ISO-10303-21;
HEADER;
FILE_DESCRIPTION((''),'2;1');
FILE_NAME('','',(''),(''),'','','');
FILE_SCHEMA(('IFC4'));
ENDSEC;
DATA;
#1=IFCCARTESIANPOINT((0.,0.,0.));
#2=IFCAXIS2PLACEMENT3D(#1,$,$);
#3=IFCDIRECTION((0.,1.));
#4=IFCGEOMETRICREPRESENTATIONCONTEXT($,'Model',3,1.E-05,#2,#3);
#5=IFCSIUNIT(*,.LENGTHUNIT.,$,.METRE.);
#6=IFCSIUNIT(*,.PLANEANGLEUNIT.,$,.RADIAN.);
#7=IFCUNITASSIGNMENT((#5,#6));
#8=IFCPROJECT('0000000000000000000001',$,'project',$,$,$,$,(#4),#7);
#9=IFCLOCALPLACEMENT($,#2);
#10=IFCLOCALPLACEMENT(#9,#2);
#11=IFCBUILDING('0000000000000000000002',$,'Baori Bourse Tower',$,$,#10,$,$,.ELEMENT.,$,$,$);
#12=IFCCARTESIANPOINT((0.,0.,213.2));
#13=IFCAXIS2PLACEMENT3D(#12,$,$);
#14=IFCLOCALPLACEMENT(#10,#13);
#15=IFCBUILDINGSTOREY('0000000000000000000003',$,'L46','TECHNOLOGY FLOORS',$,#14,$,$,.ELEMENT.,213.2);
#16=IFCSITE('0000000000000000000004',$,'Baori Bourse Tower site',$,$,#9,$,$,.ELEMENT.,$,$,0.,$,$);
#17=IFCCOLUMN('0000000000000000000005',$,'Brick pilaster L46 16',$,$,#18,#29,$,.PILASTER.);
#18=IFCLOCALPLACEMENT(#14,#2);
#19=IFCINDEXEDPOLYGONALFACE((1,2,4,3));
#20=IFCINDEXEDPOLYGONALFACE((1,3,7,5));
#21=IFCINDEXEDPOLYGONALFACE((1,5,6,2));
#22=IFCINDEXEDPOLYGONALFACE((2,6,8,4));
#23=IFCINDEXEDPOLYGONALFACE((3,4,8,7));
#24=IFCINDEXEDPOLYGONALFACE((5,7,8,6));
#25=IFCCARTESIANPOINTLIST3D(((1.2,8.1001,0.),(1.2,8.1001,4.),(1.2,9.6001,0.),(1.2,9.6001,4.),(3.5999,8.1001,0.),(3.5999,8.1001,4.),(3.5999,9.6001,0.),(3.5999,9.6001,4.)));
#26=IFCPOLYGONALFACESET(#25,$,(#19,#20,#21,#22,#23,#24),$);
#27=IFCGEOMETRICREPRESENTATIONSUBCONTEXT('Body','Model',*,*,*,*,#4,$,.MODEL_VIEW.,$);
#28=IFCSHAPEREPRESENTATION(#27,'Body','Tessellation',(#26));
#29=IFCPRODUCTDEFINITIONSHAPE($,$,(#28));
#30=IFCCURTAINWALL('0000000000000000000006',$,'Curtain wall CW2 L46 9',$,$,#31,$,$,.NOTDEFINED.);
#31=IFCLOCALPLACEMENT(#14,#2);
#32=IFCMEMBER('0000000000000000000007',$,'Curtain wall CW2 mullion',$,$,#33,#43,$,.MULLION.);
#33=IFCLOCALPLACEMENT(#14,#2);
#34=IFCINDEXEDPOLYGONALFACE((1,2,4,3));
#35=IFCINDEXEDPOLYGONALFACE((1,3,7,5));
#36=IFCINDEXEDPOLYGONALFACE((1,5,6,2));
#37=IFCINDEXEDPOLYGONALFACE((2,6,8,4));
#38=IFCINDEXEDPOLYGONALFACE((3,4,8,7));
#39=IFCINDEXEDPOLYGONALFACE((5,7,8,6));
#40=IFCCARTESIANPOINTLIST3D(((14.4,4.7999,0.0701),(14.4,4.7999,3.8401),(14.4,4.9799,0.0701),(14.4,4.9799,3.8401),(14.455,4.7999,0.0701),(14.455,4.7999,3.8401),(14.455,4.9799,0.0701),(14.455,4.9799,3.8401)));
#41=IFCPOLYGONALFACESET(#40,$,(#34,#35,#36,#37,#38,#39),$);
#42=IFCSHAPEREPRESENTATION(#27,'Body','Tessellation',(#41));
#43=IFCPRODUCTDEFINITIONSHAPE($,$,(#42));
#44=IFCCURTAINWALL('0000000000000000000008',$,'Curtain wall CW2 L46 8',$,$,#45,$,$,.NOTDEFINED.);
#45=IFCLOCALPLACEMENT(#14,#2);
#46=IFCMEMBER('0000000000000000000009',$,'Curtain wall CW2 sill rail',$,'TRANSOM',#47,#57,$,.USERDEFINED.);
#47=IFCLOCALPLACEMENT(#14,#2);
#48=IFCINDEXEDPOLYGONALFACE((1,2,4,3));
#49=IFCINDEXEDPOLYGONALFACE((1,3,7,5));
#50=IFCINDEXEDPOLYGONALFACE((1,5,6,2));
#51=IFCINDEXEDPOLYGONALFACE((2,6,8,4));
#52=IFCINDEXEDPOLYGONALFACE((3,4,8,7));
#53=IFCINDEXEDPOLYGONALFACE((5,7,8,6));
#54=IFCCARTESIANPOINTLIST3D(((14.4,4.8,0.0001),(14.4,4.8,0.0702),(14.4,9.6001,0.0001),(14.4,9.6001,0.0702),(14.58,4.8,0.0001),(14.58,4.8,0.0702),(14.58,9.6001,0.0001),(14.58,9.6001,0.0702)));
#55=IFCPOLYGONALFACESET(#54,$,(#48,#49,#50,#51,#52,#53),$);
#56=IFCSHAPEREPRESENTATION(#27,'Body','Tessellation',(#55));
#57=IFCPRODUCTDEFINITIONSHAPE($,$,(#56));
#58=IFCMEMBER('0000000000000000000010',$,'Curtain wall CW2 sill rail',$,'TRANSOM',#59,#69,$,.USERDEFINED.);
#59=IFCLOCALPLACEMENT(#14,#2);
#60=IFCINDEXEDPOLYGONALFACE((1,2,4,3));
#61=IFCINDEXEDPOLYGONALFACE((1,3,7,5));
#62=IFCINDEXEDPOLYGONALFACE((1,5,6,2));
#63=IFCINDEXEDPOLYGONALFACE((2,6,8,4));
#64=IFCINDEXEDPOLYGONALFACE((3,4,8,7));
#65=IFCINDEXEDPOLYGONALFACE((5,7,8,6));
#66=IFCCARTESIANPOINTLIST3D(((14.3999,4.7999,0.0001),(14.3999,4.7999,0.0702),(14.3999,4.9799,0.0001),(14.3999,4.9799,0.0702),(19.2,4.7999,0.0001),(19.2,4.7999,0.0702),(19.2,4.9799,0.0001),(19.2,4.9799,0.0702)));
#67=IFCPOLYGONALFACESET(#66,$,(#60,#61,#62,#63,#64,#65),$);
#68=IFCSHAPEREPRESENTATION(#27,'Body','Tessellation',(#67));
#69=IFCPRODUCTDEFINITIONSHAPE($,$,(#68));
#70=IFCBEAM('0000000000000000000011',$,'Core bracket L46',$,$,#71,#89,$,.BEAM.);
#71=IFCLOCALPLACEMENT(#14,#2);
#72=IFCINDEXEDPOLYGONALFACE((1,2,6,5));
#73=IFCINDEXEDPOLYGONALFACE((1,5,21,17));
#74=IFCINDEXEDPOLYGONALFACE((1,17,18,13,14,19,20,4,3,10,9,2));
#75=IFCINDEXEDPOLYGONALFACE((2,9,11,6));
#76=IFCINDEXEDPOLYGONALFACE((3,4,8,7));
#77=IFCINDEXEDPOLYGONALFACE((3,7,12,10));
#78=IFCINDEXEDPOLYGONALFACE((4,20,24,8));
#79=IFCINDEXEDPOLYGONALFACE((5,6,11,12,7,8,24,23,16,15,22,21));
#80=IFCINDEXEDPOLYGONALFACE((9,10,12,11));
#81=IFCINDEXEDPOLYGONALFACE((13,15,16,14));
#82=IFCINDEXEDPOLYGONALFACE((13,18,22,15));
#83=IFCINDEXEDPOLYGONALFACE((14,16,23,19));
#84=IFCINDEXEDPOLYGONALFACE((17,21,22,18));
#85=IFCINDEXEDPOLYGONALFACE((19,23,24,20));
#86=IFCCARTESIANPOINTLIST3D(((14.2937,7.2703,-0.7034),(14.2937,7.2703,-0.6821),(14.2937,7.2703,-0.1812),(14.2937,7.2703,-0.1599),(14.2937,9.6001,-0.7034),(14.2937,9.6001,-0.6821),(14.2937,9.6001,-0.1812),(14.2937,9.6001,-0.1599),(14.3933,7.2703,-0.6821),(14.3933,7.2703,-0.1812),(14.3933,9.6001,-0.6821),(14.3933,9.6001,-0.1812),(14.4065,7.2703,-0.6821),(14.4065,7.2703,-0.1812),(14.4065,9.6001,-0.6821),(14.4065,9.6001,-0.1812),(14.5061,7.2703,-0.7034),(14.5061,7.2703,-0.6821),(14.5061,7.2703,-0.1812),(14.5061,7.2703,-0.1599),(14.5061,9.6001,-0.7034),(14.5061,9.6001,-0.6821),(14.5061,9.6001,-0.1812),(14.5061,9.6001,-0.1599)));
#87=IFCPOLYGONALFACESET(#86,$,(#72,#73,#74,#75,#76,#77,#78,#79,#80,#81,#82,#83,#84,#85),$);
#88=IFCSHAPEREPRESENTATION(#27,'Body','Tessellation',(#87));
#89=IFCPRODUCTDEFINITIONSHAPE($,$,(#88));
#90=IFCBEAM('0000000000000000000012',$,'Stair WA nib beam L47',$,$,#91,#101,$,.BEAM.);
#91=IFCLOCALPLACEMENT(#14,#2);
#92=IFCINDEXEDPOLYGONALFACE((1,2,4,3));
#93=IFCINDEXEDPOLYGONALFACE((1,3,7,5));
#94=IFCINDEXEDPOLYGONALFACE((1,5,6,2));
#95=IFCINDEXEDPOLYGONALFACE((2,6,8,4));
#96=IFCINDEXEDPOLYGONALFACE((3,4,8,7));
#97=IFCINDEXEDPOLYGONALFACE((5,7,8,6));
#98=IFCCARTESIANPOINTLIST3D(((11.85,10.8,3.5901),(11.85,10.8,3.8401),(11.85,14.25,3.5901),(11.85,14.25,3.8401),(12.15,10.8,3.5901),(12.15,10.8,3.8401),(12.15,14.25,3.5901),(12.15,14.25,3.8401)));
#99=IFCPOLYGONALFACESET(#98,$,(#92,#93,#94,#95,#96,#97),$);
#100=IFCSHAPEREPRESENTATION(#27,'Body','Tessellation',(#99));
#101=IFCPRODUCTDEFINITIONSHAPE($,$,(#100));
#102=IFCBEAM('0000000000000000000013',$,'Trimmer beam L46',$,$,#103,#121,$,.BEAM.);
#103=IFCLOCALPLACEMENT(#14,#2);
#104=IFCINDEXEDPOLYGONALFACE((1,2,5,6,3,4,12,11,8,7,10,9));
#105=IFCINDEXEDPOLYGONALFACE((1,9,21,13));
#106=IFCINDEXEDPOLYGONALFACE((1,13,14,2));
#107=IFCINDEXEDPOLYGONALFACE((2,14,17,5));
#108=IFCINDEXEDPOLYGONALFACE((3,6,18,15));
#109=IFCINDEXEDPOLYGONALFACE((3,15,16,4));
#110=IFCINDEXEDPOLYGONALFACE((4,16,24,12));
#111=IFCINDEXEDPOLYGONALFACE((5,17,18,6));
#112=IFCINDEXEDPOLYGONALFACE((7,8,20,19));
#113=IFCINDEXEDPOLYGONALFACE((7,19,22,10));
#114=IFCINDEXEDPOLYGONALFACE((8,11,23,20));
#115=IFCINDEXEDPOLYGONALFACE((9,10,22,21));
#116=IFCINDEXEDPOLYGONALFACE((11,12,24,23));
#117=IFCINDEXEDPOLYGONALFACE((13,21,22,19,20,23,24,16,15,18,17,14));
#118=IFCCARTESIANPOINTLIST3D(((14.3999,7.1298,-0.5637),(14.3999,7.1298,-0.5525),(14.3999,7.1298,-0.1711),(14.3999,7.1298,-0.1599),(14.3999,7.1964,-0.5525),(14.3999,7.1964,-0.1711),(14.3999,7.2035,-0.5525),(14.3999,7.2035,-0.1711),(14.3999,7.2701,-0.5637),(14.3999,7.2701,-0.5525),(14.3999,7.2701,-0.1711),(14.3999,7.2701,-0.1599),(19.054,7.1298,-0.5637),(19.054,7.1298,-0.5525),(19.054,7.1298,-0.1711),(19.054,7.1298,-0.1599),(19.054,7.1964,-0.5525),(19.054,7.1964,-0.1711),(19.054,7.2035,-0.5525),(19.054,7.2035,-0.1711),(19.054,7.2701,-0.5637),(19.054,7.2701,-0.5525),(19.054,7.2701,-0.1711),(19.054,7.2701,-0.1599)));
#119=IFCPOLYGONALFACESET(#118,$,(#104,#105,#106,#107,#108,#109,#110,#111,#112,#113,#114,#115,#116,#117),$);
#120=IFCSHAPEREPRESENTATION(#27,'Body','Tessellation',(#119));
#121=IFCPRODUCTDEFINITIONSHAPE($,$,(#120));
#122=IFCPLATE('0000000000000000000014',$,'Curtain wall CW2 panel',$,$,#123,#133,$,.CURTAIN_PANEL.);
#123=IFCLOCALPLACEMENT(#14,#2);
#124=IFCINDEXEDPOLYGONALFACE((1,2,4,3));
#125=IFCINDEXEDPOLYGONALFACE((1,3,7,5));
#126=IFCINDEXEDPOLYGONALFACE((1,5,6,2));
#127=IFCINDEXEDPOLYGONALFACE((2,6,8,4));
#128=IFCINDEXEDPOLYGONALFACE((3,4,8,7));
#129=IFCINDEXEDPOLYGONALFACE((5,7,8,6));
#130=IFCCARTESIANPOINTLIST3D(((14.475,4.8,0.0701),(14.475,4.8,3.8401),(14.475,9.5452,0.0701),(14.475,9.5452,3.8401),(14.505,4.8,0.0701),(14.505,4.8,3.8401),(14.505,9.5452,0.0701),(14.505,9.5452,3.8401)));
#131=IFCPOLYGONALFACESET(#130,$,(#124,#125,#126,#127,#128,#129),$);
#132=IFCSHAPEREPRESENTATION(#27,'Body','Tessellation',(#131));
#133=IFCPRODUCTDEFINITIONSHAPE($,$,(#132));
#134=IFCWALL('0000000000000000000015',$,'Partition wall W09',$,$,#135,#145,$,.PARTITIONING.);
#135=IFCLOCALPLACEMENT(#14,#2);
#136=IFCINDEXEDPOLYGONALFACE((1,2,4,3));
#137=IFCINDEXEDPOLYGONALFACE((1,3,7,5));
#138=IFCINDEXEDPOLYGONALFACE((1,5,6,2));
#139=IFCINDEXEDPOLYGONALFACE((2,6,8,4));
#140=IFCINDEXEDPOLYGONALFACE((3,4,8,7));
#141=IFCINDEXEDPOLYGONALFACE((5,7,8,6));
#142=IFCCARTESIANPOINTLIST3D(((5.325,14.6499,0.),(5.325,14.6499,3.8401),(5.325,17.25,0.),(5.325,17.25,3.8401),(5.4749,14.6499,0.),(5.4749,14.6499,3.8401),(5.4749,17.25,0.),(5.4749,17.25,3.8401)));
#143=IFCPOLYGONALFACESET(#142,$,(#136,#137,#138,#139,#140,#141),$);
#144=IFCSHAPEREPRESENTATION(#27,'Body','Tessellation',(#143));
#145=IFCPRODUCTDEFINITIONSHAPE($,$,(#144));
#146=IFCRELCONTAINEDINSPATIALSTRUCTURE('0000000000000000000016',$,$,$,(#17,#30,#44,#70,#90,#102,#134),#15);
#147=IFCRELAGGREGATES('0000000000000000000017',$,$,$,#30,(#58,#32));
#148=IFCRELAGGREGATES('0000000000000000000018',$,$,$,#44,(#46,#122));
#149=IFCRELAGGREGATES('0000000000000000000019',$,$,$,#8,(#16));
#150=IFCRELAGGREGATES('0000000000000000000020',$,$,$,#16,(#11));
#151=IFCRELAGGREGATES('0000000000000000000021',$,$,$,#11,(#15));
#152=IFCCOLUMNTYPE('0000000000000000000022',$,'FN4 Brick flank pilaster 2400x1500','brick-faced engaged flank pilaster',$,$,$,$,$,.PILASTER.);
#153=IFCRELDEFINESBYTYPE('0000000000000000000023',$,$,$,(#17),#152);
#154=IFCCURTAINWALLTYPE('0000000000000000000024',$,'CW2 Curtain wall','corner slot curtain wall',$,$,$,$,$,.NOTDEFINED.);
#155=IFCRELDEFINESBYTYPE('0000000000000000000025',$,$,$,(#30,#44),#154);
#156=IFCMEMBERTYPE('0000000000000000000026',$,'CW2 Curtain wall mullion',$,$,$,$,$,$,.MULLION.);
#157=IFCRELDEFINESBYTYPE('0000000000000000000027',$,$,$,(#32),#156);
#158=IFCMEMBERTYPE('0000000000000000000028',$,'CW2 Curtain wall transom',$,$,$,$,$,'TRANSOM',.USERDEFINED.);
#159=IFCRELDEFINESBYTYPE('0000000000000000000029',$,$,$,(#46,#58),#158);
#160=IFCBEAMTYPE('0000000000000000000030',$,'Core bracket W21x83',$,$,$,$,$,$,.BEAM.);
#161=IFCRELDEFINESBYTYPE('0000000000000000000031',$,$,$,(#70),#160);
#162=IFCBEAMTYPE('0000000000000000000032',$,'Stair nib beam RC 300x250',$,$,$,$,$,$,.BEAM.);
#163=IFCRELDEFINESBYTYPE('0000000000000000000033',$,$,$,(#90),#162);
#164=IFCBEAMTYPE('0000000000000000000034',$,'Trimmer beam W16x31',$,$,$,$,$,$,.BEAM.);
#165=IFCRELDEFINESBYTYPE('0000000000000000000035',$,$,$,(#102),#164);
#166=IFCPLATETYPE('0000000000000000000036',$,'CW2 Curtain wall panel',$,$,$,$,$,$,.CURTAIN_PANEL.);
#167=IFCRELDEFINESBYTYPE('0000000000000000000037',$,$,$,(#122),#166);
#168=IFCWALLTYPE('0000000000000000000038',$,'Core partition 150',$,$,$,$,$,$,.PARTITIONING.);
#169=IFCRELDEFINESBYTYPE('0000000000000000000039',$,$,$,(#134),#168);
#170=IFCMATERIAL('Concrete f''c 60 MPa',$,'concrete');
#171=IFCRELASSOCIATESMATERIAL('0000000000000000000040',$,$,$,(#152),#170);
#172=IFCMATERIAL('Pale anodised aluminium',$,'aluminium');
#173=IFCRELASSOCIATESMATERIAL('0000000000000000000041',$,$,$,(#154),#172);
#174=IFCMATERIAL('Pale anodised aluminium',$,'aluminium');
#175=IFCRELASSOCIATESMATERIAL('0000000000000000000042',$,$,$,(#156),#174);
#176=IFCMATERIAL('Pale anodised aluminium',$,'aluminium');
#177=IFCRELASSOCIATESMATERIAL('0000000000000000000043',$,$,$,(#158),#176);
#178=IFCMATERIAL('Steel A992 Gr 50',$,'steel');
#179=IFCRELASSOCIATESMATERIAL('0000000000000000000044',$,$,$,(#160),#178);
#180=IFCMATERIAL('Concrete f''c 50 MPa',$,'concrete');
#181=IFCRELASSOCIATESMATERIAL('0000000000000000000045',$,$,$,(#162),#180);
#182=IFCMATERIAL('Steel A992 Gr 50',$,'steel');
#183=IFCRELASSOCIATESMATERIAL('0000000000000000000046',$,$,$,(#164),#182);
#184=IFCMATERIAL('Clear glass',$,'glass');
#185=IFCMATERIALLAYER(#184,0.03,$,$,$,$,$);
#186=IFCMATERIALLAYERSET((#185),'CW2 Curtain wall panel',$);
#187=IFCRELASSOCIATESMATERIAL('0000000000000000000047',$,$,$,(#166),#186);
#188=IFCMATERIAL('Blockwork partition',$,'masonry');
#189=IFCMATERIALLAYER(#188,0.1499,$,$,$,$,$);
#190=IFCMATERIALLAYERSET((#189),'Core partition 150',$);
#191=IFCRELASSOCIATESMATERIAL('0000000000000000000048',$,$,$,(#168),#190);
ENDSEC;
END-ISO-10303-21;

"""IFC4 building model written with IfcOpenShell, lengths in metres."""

from ifc_helpers import new_model, si_unit, direction, frame, frame_2d, origin, origin_2d, place, context, subcontext, project, spatial, rectangle, i_section, extrude, material, layer, layer_set, material_profile, profile_set, type_object, element, aggregate, save


model = new_model("IFC4")

# Units and contexts
model_context = context("Model", 3, precision=1e-05, world=origin(), true_north=direction((0.0, 1.0)))
body_context = subcontext(model_context, "Body", "Model", "MODEL_VIEW")
ifc_project = project(units=[si_unit("LENGTHUNIT", "METRE"), si_unit("PLANEANGLEUNIT", "RADIAN")], contexts=[model_context])

# Site, building, storey
site_placement = place(None, origin())
site = spatial("IfcSite", under=ifc_project, at=site_placement, Name="Baori Bourse Tower site", CompositionType="ELEMENT", RefElevation=0.0)
building_placement = place(site_placement, origin())
building = spatial("IfcBuilding", under=site, at=building_placement, Name="Baori Bourse Tower", CompositionType="ELEMENT")
storey_placement = place(building_placement, frame((0.0, 0.0, 213.2)))
storey = spatial("IfcBuildingStorey", under=building, at=storey_placement, Name="L46", Description="TECHNOLOGY FLOORS", CompositionType="ELEMENT", Elevation=213.2)

# Column
ifc_material_1 = material(Name="Concrete f'c 60 MPa", Category="concrete")
ifc_material_profile_1 = material_profile(ifc_material_1, rectangle(XDim=2.3999, YDim=1.5, at=origin_2d()), Name="RC 2400x1500")
ifc_profile_set_1 = profile_set([ifc_material_profile_1], Name="Concrete f'c 60 MPa")
column_type = type_object("IfcColumnType", Name="FN4 Brick flank pilaster 2400x1500", Description="brick-faced engaged flank pilaster", PredefinedType="PILASTER", material=ifc_profile_set_1)
column_placement = place(storey_placement, frame((2.3999, 8.8501, 0.0), z_axis=(0.0, 0.0, 1.0), x_axis=(1.0, 0.0, 0.0)))
element("IfcColumn", 1, at=column_placement, inside=storey, type_object=column_type, Name="Brick pilaster L46 16", PredefinedType="PILASTER", context=body_context, shape_type="SweptSolid", body=[
    extrude(rectangle(XDim=2.3999, YDim=1.5, at=origin_2d()), origin(), (0.0, 0.0, 1.0), 4.0),
])

# Curtain walls, members
ifc_material_2 = material(Name="Pale anodised aluminium", Category="aluminium")
curtain_wall_type = type_object("IfcCurtainWallType", Name="CW2 Curtain wall", Description="corner slot curtain wall", PredefinedType="NOTDEFINED", material=ifc_material_2)
curtain_wall_1_placement = place(storey_placement, origin())
curtain_wall_1 = element("IfcCurtainWall", 2, at=curtain_wall_1_placement, inside=storey, type_object=curtain_wall_type, Name="Curtain wall CW2 L46 9", PredefinedType="NOTDEFINED")
ifc_material_3 = material(Name="Pale anodised aluminium", Category="aluminium")
ifc_material_profile_2 = material_profile(ifc_material_3, rectangle(XDim=0.1799, YDim=0.0549, at=origin_2d()), Name="Mullion 55x180")
ifc_profile_set_2 = profile_set([ifc_material_profile_2], Name="Pale anodised aluminium")
member_type_1 = type_object("IfcMemberType", Name="CW2 Curtain wall mullion", PredefinedType="MULLION", material=ifc_profile_set_2)
member_1_placement = place(storey_placement, frame((14.4275, 4.8899, 0.0701), z_axis=(0.0, 0.0, 1.0), x_axis=(0.0, 1.0, 0.0)))
member_1 = element("IfcMember", 3, at=member_1_placement, type_object=member_type_1, Name="Curtain wall CW2 mullion", PredefinedType="MULLION", context=body_context, shape_type="SweptSolid", body=[
    extrude(rectangle(XDim=0.1799, YDim=0.0549, at=origin_2d()), origin(), (0.0, 0.0, 1.0), 3.77),
])
curtain_wall_2_placement = place(storey_placement, origin())
curtain_wall_2 = element("IfcCurtainWall", 4, at=curtain_wall_2_placement, inside=storey, type_object=curtain_wall_type, Name="Curtain wall CW2 L46 8", PredefinedType="NOTDEFINED")
ifc_material_4 = material(Name="Pale anodised aluminium", Category="aluminium")
ifc_material_profile_3 = material_profile(ifc_material_4, rectangle(XDim=0.1799, YDim=0.0701, at=origin_2d()), Name="Transom 70x180")
ifc_profile_set_3 = profile_set([ifc_material_profile_3], Name="Pale anodised aluminium")
member_type_2 = type_object("IfcMemberType", Name="CW2 Curtain wall transom", ElementType="TRANSOM", PredefinedType="USERDEFINED", material=ifc_profile_set_3)
member_2_placement = place(storey_placement, frame((14.49, 9.6001, 0.0352), z_axis=(0.0, -1.0, 0.0), x_axis=(1.0, 0.0, 0.0)))
member_2 = element("IfcMember", 5, at=member_2_placement, type_object=member_type_2, Name="Curtain wall CW2 sill rail", ObjectType="TRANSOM", PredefinedType="USERDEFINED", context=body_context, shape_type="SweptSolid", body=[
    extrude(rectangle(XDim=0.1799, YDim=0.0701, at=origin_2d()), origin(), (0.0, 0.0, 1.0), 4.8),
])

# Member
member_3_placement = place(storey_placement, frame((14.3999, 4.8899, 0.0352), z_axis=(1.0, 0.0, 0.0), x_axis=(0.0, 1.0, 0.0)))
member_3 = element("IfcMember", 6, at=member_3_placement, type_object=member_type_2, Name="Curtain wall CW2 sill rail", ObjectType="TRANSOM", PredefinedType="USERDEFINED", context=body_context, shape_type="SweptSolid", body=[
    extrude(rectangle(XDim=0.1799, YDim=0.0701, at=origin_2d()), origin(), (0.0, 0.0, 1.0), 4.8),
])
aggregate(curtain_wall_1, [member_3, member_1])

# Beams
ifc_material_5 = material(Name="Steel A992 Gr 50", Category="steel")
ifc_material_profile_4 = material_profile(ifc_material_5, i_section(OverallWidth=0.2124, OverallDepth=0.5435, WebThickness=0.0132, FlangeThickness=0.0212, at=origin_2d()), Name="W21x83")
ifc_profile_set_4 = profile_set([ifc_material_profile_4], Name="Steel A992 Gr 50")
beam_type_1 = type_object("IfcBeamType", Name="Core bracket W21x83", PredefinedType="BEAM", material=ifc_profile_set_4)
beam_1_placement = place(storey_placement, frame((14.3999, 7.2703, -0.4316), z_axis=(0.0, 1.0, 0.0), x_axis=(-1.0, 0.0, 0.0)))
element("IfcBeam", 7, at=beam_1_placement, inside=storey, type_object=beam_type_1, Name="Core bracket L46", PredefinedType="BEAM", context=body_context, shape_type="SweptSolid", body=[
    extrude(i_section(OverallWidth=0.2124, OverallDepth=0.5435, WebThickness=0.0132, FlangeThickness=0.0212, at=origin_2d()), origin(), (0.0, 0.0, 1.0), 2.3298),
])
ifc_material_6 = material(Name="Concrete f'c 50 MPa", Category="concrete")
ifc_material_profile_5 = material_profile(ifc_material_6, rectangle(XDim=0.3, YDim=0.25, at=origin_2d()), Name="RC 300x250")
ifc_profile_set_5 = profile_set([ifc_material_profile_5], Name="Concrete f'c 50 MPa")
beam_type_2 = type_object("IfcBeamType", Name="Stair nib beam RC 300x250", PredefinedType="BEAM", material=ifc_profile_set_5)
beam_2_placement = place(storey_placement, frame((12.0, 10.8, 3.7151), z_axis=(0.0, 1.0, 0.0), x_axis=(-1.0, 0.0, 0.0)))
element("IfcBeam", 8, at=beam_2_placement, inside=storey, type_object=beam_type_2, Name="Stair WA nib beam L47", PredefinedType="BEAM", context=body_context, shape_type="SweptSolid", body=[
    extrude(rectangle(XDim=0.3, YDim=0.25, at=origin_2d()), origin(), (0.0, 0.0, 1.0), 3.45),
])
ifc_material_7 = material(Name="Steel A992 Gr 50", Category="steel")
ifc_material_profile_6 = material_profile(ifc_material_7, i_section(OverallWidth=0.1404, OverallDepth=0.4038, WebThickness=0.0071, FlangeThickness=0.0112, at=origin_2d()), Name="W16x31")
ifc_profile_set_6 = profile_set([ifc_material_profile_6], Name="Steel A992 Gr 50")
beam_type_3 = type_object("IfcBeamType", Name="Trimmer beam W16x31", PredefinedType="BEAM", material=ifc_profile_set_6)
beam_3_placement = place(storey_placement, frame((14.3999, 7.2, -0.3618), z_axis=(1.0, 0.0, 0.0), x_axis=(0.0, 1.0, 0.0)))
element("IfcBeam", 9, at=beam_3_placement, inside=storey, type_object=beam_type_3, Name="Trimmer beam L46", PredefinedType="BEAM", context=body_context, shape_type="SweptSolid", body=[
    extrude(i_section(OverallWidth=0.1404, OverallDepth=0.4038, WebThickness=0.0071, FlangeThickness=0.0112, at=origin_2d()), origin(), (0.0, 0.0, 1.0), 4.6541),
])

# Plate
ifc_material_8 = material(Name="Clear glass", Category="glass")
ifc_layer_1 = layer(ifc_material_8, 0.03)
ifc_layer_set_1 = layer_set([ifc_layer_1], Name="CW2 Curtain wall panel")
plate_type = type_object("IfcPlateType", Name="CW2 Curtain wall panel", PredefinedType="CURTAIN_PANEL", material=ifc_layer_set_1)
plate_placement = place(storey_placement, frame((14.49, 7.1726, 0.0701), z_axis=(0.0, 0.0, 1.0), x_axis=(0.0, -1.0, 0.0)))
plate = element("IfcPlate", 10, at=plate_placement, type_object=plate_type, Name="Curtain wall CW2 panel", PredefinedType="CURTAIN_PANEL", context=body_context, shape_type="SweptSolid", body=[
    extrude(rectangle(XDim=4.7451, YDim=0.03, at=origin_2d()), origin(), (0.0, 0.0, 1.0), 3.77),
])
aggregate(curtain_wall_2, [member_2, plate])

# Wall
ifc_material_9 = material(Name="Blockwork partition", Category="masonry")
ifc_layer_2 = layer(ifc_material_9, 0.1499)
ifc_layer_set_2 = layer_set([ifc_layer_2], Name="Core partition 150")
wall_type_1 = type_object("IfcWallType", Name="Core partition 150", PredefinedType="PARTITIONING", material=ifc_layer_set_2)
wall_1_placement = place(storey_placement, frame((5.3999, 14.6499, 0.0), z_axis=(0.0, 0.0, 1.0), x_axis=(0.0, 1.0, 0.0)))
element("IfcWall", 11, at=wall_1_placement, inside=storey, type_object=wall_type_1, Name="Partition wall W09", PredefinedType="PARTITIONING", context=body_context, shape_type="SweptSolid", body=[
    extrude(rectangle(XDim=2.6001, YDim=0.1499, at=frame_2d((1.3, 0.0))), origin(), (0.0, 0.0, 1.0), 3.8401),
])

save(model, "model.ifc")
